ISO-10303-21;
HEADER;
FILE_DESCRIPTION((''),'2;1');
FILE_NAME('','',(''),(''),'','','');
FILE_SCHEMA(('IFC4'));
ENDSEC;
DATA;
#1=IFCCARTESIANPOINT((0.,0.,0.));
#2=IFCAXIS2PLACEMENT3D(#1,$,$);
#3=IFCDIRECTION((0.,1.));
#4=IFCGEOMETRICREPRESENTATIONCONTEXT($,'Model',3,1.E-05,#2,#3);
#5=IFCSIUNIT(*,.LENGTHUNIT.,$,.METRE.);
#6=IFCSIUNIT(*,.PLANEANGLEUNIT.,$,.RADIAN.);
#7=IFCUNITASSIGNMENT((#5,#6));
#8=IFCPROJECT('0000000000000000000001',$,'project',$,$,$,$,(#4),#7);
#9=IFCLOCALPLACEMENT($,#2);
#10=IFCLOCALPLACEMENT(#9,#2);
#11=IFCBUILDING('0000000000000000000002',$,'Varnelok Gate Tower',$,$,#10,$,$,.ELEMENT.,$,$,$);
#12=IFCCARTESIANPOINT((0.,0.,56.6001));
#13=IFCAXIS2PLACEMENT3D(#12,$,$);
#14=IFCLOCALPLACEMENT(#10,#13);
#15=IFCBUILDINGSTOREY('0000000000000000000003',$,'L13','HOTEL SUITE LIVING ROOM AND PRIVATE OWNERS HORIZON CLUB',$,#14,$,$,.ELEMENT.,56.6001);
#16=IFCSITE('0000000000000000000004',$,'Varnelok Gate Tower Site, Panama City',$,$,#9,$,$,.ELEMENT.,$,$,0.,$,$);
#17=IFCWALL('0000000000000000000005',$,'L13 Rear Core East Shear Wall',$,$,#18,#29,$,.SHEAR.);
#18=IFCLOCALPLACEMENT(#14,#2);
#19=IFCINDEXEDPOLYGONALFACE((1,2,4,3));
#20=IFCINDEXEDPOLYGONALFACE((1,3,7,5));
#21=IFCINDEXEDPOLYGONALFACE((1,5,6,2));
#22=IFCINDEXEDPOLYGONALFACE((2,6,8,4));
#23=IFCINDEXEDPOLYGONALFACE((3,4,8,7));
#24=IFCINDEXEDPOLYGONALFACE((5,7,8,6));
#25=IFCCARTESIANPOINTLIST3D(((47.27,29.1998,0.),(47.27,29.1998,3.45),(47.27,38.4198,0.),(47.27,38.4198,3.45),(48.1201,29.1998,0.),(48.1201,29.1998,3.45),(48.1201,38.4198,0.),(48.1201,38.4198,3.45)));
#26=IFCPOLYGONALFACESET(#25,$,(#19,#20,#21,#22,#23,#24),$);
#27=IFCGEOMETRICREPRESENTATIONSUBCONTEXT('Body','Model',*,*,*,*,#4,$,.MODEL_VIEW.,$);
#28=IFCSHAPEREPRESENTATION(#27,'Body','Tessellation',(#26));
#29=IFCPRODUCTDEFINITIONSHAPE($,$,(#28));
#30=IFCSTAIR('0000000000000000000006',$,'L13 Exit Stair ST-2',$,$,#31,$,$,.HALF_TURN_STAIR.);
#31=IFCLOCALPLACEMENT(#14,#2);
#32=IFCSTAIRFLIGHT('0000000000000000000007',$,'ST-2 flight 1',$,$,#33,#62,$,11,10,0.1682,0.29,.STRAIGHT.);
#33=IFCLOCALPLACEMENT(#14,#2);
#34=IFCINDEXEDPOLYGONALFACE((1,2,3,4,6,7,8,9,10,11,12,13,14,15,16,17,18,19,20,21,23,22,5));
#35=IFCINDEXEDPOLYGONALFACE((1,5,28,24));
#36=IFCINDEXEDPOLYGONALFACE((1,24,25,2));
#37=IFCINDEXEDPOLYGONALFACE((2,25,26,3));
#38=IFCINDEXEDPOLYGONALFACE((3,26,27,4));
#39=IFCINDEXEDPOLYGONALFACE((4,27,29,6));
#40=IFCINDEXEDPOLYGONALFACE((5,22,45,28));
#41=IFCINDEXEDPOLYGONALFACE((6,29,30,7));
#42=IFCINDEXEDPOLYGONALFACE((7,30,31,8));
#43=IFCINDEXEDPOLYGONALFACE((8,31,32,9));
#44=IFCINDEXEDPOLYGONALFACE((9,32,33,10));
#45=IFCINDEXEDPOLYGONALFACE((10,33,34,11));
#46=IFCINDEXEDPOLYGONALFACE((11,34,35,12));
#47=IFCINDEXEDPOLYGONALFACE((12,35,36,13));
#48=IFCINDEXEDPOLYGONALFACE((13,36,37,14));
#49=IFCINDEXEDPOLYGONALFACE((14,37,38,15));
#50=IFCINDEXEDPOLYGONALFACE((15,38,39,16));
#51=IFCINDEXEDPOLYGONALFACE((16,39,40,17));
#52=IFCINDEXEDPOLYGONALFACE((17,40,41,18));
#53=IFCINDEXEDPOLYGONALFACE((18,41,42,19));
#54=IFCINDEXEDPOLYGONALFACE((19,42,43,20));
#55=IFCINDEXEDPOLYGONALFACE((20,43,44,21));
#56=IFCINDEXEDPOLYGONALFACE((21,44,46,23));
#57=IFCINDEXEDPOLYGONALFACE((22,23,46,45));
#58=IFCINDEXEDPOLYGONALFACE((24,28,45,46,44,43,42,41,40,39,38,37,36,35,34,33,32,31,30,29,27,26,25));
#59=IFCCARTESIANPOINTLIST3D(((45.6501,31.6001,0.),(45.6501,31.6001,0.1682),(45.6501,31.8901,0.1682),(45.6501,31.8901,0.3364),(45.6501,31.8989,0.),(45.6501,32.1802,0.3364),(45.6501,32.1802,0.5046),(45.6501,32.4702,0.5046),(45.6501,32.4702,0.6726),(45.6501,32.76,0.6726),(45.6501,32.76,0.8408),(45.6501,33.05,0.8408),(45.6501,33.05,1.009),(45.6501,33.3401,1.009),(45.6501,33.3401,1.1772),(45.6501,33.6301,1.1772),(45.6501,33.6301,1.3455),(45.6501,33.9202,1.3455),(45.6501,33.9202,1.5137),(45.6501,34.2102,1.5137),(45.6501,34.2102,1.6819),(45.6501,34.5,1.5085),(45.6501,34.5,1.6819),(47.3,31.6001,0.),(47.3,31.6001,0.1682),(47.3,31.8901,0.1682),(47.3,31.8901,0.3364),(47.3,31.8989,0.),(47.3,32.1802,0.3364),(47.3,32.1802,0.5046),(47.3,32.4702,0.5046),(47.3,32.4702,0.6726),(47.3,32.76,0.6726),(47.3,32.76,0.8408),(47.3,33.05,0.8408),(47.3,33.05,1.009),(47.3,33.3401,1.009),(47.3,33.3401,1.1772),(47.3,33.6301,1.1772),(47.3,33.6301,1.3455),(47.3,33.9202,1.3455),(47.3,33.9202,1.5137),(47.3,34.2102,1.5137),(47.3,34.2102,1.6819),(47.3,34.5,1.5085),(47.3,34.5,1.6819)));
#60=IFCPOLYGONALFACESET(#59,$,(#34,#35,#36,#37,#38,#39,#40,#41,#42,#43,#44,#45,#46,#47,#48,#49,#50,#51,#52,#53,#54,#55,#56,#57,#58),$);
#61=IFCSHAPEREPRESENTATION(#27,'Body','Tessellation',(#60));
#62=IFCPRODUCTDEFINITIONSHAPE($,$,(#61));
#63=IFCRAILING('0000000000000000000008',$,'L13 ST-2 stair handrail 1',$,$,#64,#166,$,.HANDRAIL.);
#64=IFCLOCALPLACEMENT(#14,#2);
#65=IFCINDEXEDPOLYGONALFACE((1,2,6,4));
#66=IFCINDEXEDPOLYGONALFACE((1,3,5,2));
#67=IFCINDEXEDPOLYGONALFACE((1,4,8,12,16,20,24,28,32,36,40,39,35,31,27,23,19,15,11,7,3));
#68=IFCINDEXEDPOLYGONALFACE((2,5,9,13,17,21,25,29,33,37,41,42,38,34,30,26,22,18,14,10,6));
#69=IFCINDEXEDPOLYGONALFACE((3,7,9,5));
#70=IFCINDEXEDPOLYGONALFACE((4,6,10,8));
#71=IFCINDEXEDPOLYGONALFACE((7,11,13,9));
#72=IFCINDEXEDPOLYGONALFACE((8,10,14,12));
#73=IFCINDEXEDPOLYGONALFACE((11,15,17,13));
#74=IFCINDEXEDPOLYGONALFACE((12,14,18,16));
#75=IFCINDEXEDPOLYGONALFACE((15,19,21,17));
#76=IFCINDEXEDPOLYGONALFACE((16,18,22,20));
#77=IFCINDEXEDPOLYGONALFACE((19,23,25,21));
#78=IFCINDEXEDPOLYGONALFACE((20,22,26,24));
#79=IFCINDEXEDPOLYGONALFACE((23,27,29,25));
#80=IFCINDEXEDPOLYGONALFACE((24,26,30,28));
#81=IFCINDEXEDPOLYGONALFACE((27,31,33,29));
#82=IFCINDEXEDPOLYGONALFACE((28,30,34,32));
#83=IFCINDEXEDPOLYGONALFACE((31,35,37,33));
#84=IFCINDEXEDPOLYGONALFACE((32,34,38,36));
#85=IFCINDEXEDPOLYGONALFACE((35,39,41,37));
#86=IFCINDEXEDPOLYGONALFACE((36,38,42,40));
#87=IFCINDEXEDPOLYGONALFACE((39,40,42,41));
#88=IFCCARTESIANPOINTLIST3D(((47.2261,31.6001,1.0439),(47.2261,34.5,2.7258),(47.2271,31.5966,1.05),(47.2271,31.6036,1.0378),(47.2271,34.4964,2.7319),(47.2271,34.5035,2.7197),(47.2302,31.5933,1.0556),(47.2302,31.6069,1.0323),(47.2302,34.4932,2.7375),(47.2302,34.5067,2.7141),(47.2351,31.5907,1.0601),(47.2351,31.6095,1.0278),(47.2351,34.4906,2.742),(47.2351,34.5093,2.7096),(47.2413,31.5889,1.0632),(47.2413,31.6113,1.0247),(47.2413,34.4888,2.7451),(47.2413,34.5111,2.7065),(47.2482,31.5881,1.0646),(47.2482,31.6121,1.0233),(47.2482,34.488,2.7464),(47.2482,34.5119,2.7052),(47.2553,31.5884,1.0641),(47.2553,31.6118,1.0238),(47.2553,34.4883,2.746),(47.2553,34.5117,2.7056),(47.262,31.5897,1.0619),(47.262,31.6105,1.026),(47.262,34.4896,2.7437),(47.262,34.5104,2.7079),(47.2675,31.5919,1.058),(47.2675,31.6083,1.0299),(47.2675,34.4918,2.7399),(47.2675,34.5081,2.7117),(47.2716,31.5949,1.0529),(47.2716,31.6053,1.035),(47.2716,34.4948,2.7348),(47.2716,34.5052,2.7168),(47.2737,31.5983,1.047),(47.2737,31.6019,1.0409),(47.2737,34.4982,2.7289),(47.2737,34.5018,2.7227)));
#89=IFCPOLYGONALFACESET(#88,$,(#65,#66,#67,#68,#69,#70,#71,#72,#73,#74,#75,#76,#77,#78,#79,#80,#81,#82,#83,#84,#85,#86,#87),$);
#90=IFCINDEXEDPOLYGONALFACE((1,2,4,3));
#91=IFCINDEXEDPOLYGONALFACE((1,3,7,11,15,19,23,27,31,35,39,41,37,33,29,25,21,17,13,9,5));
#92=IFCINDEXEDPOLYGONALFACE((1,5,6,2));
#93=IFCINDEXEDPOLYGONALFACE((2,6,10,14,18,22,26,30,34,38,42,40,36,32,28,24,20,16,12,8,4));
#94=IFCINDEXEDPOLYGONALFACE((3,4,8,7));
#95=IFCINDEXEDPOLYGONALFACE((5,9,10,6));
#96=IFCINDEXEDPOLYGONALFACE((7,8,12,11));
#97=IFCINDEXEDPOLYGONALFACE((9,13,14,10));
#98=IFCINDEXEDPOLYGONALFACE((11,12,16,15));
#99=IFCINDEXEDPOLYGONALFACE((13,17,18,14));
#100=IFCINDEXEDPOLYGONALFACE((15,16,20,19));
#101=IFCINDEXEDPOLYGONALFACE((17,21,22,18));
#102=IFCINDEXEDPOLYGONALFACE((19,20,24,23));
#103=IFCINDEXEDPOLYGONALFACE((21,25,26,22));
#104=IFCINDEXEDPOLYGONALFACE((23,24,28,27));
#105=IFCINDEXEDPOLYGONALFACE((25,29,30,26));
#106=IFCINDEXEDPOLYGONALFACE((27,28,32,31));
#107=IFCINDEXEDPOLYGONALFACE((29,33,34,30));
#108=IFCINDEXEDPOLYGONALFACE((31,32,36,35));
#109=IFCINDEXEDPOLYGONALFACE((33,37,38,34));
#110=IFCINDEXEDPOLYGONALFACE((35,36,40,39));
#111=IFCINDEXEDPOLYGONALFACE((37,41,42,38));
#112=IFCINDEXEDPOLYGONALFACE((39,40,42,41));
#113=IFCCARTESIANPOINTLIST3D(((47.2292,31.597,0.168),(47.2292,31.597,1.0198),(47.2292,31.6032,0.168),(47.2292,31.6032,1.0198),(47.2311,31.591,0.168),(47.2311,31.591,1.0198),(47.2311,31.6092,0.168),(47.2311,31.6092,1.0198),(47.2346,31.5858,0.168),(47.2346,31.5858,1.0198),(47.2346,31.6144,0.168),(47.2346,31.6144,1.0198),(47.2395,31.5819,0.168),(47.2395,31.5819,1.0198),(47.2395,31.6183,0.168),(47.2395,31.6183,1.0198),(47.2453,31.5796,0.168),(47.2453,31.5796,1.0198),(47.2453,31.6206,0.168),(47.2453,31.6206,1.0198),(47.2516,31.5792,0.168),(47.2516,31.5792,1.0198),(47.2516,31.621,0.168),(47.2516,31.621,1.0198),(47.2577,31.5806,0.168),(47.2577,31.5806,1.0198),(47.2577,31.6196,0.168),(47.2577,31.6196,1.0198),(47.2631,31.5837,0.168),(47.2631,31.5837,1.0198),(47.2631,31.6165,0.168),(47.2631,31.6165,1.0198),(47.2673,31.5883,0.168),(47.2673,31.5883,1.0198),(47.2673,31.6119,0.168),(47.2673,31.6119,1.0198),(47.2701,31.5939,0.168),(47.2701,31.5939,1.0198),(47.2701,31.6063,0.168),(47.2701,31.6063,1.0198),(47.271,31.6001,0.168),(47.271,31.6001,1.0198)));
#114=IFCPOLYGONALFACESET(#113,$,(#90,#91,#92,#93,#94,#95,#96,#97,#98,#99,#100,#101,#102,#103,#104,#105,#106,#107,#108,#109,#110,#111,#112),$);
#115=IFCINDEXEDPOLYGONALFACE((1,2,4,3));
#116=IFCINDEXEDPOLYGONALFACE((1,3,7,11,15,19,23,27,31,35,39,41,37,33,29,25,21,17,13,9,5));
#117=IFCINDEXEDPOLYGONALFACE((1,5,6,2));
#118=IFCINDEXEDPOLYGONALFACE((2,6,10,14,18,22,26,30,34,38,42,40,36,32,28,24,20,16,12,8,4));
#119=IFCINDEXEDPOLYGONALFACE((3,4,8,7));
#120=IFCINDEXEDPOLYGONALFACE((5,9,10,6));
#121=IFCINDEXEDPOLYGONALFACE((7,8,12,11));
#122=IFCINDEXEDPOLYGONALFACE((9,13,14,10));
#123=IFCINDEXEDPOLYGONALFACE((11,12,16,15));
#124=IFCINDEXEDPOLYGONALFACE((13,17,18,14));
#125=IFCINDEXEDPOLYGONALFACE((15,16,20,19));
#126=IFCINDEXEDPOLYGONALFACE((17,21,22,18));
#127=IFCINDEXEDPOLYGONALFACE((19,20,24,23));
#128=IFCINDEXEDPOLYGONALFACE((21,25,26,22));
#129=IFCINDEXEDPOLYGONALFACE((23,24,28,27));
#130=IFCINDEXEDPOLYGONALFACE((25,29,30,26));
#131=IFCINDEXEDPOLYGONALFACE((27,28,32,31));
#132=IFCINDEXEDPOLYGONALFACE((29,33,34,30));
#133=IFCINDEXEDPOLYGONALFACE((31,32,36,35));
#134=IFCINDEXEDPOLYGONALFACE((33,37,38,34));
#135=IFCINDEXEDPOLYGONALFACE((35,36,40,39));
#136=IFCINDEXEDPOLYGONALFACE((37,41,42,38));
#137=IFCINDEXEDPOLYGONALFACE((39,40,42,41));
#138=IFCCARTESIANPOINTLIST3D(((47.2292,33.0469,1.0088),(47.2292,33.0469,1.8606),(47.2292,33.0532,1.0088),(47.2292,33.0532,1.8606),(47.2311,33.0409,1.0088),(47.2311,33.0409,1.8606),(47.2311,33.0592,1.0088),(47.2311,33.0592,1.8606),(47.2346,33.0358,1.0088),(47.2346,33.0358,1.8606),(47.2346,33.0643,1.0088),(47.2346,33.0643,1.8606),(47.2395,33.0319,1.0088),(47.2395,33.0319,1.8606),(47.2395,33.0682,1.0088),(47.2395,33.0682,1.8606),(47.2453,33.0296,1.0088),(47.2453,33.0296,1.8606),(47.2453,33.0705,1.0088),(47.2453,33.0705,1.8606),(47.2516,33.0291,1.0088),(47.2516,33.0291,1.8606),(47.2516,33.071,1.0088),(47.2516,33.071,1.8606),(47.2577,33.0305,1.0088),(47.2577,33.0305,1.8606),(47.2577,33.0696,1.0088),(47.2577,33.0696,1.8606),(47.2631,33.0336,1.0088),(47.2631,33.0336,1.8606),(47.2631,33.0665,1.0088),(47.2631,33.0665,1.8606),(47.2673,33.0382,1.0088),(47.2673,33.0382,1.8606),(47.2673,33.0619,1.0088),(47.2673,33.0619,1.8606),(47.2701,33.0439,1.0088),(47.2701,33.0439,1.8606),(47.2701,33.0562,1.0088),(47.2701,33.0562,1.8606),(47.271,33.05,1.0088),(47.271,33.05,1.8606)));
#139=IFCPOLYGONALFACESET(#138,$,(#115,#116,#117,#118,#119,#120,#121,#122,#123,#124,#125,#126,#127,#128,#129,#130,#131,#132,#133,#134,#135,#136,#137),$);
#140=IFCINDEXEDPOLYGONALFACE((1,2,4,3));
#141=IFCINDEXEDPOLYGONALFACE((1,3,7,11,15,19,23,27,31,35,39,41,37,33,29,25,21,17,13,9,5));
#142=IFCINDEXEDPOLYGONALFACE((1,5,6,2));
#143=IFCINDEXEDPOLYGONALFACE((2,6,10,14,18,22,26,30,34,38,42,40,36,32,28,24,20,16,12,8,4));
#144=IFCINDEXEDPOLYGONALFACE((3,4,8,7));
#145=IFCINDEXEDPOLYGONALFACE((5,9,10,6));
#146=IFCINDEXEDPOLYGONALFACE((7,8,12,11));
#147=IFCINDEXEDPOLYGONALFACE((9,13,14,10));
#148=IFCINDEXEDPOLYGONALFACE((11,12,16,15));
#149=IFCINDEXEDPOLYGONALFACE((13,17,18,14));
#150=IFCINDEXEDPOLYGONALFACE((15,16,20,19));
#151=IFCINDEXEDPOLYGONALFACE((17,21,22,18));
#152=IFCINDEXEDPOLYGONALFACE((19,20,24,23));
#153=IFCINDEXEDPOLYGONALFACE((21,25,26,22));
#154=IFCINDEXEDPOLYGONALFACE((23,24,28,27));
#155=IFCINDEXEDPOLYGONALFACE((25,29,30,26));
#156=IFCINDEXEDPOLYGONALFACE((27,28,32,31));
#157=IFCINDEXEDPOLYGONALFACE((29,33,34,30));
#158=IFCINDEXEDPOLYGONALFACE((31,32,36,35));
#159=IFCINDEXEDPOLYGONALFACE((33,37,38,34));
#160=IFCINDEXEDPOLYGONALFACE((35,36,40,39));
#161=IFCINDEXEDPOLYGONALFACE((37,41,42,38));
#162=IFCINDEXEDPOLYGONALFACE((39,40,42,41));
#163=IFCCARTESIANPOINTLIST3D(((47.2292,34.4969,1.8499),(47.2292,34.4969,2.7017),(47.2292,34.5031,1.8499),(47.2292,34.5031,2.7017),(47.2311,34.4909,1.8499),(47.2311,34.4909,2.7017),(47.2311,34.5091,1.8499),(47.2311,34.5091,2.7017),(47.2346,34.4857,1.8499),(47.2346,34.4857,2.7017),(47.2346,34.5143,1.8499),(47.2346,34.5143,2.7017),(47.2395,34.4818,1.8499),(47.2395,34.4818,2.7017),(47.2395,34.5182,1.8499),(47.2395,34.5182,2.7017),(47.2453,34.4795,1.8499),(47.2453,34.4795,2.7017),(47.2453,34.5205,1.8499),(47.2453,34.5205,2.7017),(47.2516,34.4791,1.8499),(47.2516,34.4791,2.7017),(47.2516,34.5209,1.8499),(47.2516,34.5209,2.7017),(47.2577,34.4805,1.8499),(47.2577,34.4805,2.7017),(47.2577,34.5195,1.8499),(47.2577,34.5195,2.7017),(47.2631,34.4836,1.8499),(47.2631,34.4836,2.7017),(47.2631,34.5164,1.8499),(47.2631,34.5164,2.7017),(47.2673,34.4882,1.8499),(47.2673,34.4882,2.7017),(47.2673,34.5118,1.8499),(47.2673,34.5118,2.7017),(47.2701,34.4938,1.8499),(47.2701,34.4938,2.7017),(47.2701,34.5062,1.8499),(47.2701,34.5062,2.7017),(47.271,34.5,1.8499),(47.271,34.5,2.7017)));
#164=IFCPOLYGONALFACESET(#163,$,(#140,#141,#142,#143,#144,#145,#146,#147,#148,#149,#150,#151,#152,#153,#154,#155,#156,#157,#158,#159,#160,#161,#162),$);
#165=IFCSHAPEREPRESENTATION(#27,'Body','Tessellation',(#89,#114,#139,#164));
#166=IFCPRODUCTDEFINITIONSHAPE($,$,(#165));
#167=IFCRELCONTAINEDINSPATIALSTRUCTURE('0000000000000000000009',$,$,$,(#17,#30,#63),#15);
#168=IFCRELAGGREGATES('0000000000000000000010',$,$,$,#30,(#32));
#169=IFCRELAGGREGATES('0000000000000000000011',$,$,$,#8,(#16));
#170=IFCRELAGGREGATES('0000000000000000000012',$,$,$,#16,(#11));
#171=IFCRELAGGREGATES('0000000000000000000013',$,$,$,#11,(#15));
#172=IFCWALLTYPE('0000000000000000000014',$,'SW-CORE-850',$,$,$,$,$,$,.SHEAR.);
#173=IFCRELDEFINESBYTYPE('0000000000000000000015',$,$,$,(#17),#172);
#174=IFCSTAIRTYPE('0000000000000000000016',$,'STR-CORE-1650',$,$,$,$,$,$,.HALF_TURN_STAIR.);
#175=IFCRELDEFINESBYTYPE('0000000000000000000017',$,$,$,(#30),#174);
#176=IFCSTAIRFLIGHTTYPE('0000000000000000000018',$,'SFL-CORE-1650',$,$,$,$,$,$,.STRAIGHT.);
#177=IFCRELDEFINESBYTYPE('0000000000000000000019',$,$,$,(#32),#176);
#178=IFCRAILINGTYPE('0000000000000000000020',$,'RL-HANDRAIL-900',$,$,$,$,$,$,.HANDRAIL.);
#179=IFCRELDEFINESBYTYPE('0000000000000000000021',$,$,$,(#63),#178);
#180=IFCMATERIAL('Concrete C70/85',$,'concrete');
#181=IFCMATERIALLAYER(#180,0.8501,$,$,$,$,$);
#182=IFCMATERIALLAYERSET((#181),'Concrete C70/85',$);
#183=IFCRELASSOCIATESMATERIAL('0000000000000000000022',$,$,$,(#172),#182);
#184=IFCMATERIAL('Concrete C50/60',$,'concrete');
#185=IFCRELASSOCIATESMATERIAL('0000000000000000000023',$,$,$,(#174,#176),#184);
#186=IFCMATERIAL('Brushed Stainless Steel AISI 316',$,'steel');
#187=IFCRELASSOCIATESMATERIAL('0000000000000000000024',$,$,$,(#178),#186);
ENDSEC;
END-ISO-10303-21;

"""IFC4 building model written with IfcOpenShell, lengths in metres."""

from ifc_helpers import new_model, si_unit, direction, frame, frame_2d, origin, origin_2d, place, context, subcontext, project, spatial, polyline, rectangle, circle, outline, extrude, material, layer, layer_set, type_object, element, aggregate, save


model = new_model("IFC4")

# Units and contexts
model_context = context("Model", 3, precision=1e-05, world=origin(), true_north=direction((0.0, 1.0)))
body_context = subcontext(model_context, "Body", "Model", "MODEL_VIEW")
ifc_project = project(units=[si_unit("LENGTHUNIT", "METRE"), si_unit("PLANEANGLEUNIT", "RADIAN")], contexts=[model_context])

# Site, building, storey
site_placement = place(None, origin())
site = spatial("IfcSite", under=ifc_project, at=site_placement, Name="Varnelok Gate Tower Site, Panama City", CompositionType="ELEMENT", RefElevation=0.0)
building_placement = place(site_placement, origin())
building = spatial("IfcBuilding", under=site, at=building_placement, Name="Varnelok Gate Tower", CompositionType="ELEMENT")
storey_placement = place(building_placement, frame((0.0, 0.0, 56.6001)))
storey = spatial("IfcBuildingStorey", under=building, at=storey_placement, Name="L13", Description="HOTEL SUITE LIVING ROOM AND PRIVATE OWNERS HORIZON CLUB", CompositionType="ELEMENT", Elevation=56.6001)

# Shared definitions
ifc_material_1 = material(Name="Concrete C70/85", Category="concrete")

# Wall
ifc_layer_1 = layer(ifc_material_1, 0.8501)
ifc_layer_set_1 = layer_set([ifc_layer_1], Name="Concrete C70/85")
wall_type_1 = type_object("IfcWallType", Name="SW-CORE-850", PredefinedType="SHEAR", material=ifc_layer_set_1)
wall_1_placement = place(storey_placement, frame((47.6951, 29.2, 0.0), z_axis=(0.0, 0.0, 1.0), x_axis=(0.0, 1.0, 0.0)))
element("IfcWall", 1, at=wall_1_placement, inside=storey, type_object=wall_type_1, Name="L13 Rear Core East Shear Wall", PredefinedType="SHEAR", context=body_context, shape_type="SweptSolid", body=[
    extrude(rectangle(XDim=9.22, YDim=0.8501, at=frame_2d((4.6099, 0.0))), origin(), (0.0, 0.0, 1.0), 3.45),
])

# Stair, stair flight
ifc_material_2 = material(Name="Concrete C50/60", Category="concrete")
stair_type = type_object("IfcStairType", Name="STR-CORE-1650", PredefinedType="HALF_TURN_STAIR", material=ifc_material_2)
stair_placement = place(storey_placement, origin())
stair = element("IfcStair", 2, at=stair_placement, inside=storey, type_object=stair_type, Name="L13 Exit Stair ST-2", PredefinedType="HALF_TURN_STAIR")
stair_flight_type = type_object("IfcStairFlightType", Name="SFL-CORE-1650", PredefinedType="STRAIGHT", material=ifc_material_2)
stair_flight_placement = place(storey_placement, frame((46.4751, 31.6001, 0.0), z_axis=(0.0, 0.0, 1.0), x_axis=(0.0, 1.0, 0.0)))
stair_flight = element("IfcStairFlight", 3, at=stair_flight_placement, type_object=stair_flight_type, Name="ST-2 flight 1", NumberOfRisers=11, NumberOfTreads=10, PredefinedType="STRAIGHT", RiserHeight=0.1682, TreadLength=0.29, context=body_context, shape_type="SweptSolid", body=[
    extrude(outline(polyline([(0.0, 0.0), (0.0, 0.1682), (0.29, 0.1682), (0.29, 0.3364), (0.5801, 0.3364), (0.5801, 0.5046), (0.8701, 0.5046), (0.8701, 0.6726), (1.1599, 0.6726), (1.1599, 0.8408), (1.45, 0.8408), (1.45, 1.009), (1.74, 1.009), (1.74, 1.1772), (2.03, 1.1772), (2.03, 1.3455), (2.3201, 1.3455), (2.3201, 1.5137), (2.6101, 1.5137), (2.6101, 1.6819), (2.8999, 1.6819), (2.8999, 1.8501), (2.8999, 1.5085), (0.2988, 0.0), (0.0, 0.0)])), frame((0.0, 0.825, 0.0), z_axis=(0.0, -1.0, 0.0), x_axis=(1.0, 0.0, 0.0)), (0.0, 0.0, 1.0), 1.6499),
])
aggregate(stair, [stair_flight])

# Railing
ifc_material_3 = material(Name="Brushed Stainless Steel AISI 316", Category="steel")
railing_type = type_object("IfcRailingType", Name="RL-HANDRAIL-900", PredefinedType="HANDRAIL", material=ifc_material_3)
railing_placement = place(storey_placement, frame((47.25, 31.6001, 0.168)))
element("IfcRailing", 4, at=railing_placement, inside=storey, type_object=railing_type, Name="L13 ST-2 stair handrail 1", PredefinedType="HANDRAIL", context=body_context, shape_type="SweptSolid", body=[
    extrude(circle(Radius=0.0239, at=origin_2d()), frame((0.0, 0.0, 0.876), z_axis=(0.0, 0.865039, 0.501705), x_axis=(-1.0, 0.0, 0.0)), (0.0, 0.0, 1.0), 3.3523),
    extrude(circle(Radius=0.021, at=origin_2d()), origin(), (0.0, 0.0, 1.0), 0.8518),
    extrude(circle(Radius=0.021, at=origin_2d()), frame((0.0, 1.45, 0.8408)), (0.0, 0.0, 1.0), 0.8518),
    extrude(circle(Radius=0.021, at=origin_2d()), frame((0.0, 2.8999, 1.6819)), (0.0, 0.0, 1.0), 0.8518),
])

save(model, "model.ifc")
